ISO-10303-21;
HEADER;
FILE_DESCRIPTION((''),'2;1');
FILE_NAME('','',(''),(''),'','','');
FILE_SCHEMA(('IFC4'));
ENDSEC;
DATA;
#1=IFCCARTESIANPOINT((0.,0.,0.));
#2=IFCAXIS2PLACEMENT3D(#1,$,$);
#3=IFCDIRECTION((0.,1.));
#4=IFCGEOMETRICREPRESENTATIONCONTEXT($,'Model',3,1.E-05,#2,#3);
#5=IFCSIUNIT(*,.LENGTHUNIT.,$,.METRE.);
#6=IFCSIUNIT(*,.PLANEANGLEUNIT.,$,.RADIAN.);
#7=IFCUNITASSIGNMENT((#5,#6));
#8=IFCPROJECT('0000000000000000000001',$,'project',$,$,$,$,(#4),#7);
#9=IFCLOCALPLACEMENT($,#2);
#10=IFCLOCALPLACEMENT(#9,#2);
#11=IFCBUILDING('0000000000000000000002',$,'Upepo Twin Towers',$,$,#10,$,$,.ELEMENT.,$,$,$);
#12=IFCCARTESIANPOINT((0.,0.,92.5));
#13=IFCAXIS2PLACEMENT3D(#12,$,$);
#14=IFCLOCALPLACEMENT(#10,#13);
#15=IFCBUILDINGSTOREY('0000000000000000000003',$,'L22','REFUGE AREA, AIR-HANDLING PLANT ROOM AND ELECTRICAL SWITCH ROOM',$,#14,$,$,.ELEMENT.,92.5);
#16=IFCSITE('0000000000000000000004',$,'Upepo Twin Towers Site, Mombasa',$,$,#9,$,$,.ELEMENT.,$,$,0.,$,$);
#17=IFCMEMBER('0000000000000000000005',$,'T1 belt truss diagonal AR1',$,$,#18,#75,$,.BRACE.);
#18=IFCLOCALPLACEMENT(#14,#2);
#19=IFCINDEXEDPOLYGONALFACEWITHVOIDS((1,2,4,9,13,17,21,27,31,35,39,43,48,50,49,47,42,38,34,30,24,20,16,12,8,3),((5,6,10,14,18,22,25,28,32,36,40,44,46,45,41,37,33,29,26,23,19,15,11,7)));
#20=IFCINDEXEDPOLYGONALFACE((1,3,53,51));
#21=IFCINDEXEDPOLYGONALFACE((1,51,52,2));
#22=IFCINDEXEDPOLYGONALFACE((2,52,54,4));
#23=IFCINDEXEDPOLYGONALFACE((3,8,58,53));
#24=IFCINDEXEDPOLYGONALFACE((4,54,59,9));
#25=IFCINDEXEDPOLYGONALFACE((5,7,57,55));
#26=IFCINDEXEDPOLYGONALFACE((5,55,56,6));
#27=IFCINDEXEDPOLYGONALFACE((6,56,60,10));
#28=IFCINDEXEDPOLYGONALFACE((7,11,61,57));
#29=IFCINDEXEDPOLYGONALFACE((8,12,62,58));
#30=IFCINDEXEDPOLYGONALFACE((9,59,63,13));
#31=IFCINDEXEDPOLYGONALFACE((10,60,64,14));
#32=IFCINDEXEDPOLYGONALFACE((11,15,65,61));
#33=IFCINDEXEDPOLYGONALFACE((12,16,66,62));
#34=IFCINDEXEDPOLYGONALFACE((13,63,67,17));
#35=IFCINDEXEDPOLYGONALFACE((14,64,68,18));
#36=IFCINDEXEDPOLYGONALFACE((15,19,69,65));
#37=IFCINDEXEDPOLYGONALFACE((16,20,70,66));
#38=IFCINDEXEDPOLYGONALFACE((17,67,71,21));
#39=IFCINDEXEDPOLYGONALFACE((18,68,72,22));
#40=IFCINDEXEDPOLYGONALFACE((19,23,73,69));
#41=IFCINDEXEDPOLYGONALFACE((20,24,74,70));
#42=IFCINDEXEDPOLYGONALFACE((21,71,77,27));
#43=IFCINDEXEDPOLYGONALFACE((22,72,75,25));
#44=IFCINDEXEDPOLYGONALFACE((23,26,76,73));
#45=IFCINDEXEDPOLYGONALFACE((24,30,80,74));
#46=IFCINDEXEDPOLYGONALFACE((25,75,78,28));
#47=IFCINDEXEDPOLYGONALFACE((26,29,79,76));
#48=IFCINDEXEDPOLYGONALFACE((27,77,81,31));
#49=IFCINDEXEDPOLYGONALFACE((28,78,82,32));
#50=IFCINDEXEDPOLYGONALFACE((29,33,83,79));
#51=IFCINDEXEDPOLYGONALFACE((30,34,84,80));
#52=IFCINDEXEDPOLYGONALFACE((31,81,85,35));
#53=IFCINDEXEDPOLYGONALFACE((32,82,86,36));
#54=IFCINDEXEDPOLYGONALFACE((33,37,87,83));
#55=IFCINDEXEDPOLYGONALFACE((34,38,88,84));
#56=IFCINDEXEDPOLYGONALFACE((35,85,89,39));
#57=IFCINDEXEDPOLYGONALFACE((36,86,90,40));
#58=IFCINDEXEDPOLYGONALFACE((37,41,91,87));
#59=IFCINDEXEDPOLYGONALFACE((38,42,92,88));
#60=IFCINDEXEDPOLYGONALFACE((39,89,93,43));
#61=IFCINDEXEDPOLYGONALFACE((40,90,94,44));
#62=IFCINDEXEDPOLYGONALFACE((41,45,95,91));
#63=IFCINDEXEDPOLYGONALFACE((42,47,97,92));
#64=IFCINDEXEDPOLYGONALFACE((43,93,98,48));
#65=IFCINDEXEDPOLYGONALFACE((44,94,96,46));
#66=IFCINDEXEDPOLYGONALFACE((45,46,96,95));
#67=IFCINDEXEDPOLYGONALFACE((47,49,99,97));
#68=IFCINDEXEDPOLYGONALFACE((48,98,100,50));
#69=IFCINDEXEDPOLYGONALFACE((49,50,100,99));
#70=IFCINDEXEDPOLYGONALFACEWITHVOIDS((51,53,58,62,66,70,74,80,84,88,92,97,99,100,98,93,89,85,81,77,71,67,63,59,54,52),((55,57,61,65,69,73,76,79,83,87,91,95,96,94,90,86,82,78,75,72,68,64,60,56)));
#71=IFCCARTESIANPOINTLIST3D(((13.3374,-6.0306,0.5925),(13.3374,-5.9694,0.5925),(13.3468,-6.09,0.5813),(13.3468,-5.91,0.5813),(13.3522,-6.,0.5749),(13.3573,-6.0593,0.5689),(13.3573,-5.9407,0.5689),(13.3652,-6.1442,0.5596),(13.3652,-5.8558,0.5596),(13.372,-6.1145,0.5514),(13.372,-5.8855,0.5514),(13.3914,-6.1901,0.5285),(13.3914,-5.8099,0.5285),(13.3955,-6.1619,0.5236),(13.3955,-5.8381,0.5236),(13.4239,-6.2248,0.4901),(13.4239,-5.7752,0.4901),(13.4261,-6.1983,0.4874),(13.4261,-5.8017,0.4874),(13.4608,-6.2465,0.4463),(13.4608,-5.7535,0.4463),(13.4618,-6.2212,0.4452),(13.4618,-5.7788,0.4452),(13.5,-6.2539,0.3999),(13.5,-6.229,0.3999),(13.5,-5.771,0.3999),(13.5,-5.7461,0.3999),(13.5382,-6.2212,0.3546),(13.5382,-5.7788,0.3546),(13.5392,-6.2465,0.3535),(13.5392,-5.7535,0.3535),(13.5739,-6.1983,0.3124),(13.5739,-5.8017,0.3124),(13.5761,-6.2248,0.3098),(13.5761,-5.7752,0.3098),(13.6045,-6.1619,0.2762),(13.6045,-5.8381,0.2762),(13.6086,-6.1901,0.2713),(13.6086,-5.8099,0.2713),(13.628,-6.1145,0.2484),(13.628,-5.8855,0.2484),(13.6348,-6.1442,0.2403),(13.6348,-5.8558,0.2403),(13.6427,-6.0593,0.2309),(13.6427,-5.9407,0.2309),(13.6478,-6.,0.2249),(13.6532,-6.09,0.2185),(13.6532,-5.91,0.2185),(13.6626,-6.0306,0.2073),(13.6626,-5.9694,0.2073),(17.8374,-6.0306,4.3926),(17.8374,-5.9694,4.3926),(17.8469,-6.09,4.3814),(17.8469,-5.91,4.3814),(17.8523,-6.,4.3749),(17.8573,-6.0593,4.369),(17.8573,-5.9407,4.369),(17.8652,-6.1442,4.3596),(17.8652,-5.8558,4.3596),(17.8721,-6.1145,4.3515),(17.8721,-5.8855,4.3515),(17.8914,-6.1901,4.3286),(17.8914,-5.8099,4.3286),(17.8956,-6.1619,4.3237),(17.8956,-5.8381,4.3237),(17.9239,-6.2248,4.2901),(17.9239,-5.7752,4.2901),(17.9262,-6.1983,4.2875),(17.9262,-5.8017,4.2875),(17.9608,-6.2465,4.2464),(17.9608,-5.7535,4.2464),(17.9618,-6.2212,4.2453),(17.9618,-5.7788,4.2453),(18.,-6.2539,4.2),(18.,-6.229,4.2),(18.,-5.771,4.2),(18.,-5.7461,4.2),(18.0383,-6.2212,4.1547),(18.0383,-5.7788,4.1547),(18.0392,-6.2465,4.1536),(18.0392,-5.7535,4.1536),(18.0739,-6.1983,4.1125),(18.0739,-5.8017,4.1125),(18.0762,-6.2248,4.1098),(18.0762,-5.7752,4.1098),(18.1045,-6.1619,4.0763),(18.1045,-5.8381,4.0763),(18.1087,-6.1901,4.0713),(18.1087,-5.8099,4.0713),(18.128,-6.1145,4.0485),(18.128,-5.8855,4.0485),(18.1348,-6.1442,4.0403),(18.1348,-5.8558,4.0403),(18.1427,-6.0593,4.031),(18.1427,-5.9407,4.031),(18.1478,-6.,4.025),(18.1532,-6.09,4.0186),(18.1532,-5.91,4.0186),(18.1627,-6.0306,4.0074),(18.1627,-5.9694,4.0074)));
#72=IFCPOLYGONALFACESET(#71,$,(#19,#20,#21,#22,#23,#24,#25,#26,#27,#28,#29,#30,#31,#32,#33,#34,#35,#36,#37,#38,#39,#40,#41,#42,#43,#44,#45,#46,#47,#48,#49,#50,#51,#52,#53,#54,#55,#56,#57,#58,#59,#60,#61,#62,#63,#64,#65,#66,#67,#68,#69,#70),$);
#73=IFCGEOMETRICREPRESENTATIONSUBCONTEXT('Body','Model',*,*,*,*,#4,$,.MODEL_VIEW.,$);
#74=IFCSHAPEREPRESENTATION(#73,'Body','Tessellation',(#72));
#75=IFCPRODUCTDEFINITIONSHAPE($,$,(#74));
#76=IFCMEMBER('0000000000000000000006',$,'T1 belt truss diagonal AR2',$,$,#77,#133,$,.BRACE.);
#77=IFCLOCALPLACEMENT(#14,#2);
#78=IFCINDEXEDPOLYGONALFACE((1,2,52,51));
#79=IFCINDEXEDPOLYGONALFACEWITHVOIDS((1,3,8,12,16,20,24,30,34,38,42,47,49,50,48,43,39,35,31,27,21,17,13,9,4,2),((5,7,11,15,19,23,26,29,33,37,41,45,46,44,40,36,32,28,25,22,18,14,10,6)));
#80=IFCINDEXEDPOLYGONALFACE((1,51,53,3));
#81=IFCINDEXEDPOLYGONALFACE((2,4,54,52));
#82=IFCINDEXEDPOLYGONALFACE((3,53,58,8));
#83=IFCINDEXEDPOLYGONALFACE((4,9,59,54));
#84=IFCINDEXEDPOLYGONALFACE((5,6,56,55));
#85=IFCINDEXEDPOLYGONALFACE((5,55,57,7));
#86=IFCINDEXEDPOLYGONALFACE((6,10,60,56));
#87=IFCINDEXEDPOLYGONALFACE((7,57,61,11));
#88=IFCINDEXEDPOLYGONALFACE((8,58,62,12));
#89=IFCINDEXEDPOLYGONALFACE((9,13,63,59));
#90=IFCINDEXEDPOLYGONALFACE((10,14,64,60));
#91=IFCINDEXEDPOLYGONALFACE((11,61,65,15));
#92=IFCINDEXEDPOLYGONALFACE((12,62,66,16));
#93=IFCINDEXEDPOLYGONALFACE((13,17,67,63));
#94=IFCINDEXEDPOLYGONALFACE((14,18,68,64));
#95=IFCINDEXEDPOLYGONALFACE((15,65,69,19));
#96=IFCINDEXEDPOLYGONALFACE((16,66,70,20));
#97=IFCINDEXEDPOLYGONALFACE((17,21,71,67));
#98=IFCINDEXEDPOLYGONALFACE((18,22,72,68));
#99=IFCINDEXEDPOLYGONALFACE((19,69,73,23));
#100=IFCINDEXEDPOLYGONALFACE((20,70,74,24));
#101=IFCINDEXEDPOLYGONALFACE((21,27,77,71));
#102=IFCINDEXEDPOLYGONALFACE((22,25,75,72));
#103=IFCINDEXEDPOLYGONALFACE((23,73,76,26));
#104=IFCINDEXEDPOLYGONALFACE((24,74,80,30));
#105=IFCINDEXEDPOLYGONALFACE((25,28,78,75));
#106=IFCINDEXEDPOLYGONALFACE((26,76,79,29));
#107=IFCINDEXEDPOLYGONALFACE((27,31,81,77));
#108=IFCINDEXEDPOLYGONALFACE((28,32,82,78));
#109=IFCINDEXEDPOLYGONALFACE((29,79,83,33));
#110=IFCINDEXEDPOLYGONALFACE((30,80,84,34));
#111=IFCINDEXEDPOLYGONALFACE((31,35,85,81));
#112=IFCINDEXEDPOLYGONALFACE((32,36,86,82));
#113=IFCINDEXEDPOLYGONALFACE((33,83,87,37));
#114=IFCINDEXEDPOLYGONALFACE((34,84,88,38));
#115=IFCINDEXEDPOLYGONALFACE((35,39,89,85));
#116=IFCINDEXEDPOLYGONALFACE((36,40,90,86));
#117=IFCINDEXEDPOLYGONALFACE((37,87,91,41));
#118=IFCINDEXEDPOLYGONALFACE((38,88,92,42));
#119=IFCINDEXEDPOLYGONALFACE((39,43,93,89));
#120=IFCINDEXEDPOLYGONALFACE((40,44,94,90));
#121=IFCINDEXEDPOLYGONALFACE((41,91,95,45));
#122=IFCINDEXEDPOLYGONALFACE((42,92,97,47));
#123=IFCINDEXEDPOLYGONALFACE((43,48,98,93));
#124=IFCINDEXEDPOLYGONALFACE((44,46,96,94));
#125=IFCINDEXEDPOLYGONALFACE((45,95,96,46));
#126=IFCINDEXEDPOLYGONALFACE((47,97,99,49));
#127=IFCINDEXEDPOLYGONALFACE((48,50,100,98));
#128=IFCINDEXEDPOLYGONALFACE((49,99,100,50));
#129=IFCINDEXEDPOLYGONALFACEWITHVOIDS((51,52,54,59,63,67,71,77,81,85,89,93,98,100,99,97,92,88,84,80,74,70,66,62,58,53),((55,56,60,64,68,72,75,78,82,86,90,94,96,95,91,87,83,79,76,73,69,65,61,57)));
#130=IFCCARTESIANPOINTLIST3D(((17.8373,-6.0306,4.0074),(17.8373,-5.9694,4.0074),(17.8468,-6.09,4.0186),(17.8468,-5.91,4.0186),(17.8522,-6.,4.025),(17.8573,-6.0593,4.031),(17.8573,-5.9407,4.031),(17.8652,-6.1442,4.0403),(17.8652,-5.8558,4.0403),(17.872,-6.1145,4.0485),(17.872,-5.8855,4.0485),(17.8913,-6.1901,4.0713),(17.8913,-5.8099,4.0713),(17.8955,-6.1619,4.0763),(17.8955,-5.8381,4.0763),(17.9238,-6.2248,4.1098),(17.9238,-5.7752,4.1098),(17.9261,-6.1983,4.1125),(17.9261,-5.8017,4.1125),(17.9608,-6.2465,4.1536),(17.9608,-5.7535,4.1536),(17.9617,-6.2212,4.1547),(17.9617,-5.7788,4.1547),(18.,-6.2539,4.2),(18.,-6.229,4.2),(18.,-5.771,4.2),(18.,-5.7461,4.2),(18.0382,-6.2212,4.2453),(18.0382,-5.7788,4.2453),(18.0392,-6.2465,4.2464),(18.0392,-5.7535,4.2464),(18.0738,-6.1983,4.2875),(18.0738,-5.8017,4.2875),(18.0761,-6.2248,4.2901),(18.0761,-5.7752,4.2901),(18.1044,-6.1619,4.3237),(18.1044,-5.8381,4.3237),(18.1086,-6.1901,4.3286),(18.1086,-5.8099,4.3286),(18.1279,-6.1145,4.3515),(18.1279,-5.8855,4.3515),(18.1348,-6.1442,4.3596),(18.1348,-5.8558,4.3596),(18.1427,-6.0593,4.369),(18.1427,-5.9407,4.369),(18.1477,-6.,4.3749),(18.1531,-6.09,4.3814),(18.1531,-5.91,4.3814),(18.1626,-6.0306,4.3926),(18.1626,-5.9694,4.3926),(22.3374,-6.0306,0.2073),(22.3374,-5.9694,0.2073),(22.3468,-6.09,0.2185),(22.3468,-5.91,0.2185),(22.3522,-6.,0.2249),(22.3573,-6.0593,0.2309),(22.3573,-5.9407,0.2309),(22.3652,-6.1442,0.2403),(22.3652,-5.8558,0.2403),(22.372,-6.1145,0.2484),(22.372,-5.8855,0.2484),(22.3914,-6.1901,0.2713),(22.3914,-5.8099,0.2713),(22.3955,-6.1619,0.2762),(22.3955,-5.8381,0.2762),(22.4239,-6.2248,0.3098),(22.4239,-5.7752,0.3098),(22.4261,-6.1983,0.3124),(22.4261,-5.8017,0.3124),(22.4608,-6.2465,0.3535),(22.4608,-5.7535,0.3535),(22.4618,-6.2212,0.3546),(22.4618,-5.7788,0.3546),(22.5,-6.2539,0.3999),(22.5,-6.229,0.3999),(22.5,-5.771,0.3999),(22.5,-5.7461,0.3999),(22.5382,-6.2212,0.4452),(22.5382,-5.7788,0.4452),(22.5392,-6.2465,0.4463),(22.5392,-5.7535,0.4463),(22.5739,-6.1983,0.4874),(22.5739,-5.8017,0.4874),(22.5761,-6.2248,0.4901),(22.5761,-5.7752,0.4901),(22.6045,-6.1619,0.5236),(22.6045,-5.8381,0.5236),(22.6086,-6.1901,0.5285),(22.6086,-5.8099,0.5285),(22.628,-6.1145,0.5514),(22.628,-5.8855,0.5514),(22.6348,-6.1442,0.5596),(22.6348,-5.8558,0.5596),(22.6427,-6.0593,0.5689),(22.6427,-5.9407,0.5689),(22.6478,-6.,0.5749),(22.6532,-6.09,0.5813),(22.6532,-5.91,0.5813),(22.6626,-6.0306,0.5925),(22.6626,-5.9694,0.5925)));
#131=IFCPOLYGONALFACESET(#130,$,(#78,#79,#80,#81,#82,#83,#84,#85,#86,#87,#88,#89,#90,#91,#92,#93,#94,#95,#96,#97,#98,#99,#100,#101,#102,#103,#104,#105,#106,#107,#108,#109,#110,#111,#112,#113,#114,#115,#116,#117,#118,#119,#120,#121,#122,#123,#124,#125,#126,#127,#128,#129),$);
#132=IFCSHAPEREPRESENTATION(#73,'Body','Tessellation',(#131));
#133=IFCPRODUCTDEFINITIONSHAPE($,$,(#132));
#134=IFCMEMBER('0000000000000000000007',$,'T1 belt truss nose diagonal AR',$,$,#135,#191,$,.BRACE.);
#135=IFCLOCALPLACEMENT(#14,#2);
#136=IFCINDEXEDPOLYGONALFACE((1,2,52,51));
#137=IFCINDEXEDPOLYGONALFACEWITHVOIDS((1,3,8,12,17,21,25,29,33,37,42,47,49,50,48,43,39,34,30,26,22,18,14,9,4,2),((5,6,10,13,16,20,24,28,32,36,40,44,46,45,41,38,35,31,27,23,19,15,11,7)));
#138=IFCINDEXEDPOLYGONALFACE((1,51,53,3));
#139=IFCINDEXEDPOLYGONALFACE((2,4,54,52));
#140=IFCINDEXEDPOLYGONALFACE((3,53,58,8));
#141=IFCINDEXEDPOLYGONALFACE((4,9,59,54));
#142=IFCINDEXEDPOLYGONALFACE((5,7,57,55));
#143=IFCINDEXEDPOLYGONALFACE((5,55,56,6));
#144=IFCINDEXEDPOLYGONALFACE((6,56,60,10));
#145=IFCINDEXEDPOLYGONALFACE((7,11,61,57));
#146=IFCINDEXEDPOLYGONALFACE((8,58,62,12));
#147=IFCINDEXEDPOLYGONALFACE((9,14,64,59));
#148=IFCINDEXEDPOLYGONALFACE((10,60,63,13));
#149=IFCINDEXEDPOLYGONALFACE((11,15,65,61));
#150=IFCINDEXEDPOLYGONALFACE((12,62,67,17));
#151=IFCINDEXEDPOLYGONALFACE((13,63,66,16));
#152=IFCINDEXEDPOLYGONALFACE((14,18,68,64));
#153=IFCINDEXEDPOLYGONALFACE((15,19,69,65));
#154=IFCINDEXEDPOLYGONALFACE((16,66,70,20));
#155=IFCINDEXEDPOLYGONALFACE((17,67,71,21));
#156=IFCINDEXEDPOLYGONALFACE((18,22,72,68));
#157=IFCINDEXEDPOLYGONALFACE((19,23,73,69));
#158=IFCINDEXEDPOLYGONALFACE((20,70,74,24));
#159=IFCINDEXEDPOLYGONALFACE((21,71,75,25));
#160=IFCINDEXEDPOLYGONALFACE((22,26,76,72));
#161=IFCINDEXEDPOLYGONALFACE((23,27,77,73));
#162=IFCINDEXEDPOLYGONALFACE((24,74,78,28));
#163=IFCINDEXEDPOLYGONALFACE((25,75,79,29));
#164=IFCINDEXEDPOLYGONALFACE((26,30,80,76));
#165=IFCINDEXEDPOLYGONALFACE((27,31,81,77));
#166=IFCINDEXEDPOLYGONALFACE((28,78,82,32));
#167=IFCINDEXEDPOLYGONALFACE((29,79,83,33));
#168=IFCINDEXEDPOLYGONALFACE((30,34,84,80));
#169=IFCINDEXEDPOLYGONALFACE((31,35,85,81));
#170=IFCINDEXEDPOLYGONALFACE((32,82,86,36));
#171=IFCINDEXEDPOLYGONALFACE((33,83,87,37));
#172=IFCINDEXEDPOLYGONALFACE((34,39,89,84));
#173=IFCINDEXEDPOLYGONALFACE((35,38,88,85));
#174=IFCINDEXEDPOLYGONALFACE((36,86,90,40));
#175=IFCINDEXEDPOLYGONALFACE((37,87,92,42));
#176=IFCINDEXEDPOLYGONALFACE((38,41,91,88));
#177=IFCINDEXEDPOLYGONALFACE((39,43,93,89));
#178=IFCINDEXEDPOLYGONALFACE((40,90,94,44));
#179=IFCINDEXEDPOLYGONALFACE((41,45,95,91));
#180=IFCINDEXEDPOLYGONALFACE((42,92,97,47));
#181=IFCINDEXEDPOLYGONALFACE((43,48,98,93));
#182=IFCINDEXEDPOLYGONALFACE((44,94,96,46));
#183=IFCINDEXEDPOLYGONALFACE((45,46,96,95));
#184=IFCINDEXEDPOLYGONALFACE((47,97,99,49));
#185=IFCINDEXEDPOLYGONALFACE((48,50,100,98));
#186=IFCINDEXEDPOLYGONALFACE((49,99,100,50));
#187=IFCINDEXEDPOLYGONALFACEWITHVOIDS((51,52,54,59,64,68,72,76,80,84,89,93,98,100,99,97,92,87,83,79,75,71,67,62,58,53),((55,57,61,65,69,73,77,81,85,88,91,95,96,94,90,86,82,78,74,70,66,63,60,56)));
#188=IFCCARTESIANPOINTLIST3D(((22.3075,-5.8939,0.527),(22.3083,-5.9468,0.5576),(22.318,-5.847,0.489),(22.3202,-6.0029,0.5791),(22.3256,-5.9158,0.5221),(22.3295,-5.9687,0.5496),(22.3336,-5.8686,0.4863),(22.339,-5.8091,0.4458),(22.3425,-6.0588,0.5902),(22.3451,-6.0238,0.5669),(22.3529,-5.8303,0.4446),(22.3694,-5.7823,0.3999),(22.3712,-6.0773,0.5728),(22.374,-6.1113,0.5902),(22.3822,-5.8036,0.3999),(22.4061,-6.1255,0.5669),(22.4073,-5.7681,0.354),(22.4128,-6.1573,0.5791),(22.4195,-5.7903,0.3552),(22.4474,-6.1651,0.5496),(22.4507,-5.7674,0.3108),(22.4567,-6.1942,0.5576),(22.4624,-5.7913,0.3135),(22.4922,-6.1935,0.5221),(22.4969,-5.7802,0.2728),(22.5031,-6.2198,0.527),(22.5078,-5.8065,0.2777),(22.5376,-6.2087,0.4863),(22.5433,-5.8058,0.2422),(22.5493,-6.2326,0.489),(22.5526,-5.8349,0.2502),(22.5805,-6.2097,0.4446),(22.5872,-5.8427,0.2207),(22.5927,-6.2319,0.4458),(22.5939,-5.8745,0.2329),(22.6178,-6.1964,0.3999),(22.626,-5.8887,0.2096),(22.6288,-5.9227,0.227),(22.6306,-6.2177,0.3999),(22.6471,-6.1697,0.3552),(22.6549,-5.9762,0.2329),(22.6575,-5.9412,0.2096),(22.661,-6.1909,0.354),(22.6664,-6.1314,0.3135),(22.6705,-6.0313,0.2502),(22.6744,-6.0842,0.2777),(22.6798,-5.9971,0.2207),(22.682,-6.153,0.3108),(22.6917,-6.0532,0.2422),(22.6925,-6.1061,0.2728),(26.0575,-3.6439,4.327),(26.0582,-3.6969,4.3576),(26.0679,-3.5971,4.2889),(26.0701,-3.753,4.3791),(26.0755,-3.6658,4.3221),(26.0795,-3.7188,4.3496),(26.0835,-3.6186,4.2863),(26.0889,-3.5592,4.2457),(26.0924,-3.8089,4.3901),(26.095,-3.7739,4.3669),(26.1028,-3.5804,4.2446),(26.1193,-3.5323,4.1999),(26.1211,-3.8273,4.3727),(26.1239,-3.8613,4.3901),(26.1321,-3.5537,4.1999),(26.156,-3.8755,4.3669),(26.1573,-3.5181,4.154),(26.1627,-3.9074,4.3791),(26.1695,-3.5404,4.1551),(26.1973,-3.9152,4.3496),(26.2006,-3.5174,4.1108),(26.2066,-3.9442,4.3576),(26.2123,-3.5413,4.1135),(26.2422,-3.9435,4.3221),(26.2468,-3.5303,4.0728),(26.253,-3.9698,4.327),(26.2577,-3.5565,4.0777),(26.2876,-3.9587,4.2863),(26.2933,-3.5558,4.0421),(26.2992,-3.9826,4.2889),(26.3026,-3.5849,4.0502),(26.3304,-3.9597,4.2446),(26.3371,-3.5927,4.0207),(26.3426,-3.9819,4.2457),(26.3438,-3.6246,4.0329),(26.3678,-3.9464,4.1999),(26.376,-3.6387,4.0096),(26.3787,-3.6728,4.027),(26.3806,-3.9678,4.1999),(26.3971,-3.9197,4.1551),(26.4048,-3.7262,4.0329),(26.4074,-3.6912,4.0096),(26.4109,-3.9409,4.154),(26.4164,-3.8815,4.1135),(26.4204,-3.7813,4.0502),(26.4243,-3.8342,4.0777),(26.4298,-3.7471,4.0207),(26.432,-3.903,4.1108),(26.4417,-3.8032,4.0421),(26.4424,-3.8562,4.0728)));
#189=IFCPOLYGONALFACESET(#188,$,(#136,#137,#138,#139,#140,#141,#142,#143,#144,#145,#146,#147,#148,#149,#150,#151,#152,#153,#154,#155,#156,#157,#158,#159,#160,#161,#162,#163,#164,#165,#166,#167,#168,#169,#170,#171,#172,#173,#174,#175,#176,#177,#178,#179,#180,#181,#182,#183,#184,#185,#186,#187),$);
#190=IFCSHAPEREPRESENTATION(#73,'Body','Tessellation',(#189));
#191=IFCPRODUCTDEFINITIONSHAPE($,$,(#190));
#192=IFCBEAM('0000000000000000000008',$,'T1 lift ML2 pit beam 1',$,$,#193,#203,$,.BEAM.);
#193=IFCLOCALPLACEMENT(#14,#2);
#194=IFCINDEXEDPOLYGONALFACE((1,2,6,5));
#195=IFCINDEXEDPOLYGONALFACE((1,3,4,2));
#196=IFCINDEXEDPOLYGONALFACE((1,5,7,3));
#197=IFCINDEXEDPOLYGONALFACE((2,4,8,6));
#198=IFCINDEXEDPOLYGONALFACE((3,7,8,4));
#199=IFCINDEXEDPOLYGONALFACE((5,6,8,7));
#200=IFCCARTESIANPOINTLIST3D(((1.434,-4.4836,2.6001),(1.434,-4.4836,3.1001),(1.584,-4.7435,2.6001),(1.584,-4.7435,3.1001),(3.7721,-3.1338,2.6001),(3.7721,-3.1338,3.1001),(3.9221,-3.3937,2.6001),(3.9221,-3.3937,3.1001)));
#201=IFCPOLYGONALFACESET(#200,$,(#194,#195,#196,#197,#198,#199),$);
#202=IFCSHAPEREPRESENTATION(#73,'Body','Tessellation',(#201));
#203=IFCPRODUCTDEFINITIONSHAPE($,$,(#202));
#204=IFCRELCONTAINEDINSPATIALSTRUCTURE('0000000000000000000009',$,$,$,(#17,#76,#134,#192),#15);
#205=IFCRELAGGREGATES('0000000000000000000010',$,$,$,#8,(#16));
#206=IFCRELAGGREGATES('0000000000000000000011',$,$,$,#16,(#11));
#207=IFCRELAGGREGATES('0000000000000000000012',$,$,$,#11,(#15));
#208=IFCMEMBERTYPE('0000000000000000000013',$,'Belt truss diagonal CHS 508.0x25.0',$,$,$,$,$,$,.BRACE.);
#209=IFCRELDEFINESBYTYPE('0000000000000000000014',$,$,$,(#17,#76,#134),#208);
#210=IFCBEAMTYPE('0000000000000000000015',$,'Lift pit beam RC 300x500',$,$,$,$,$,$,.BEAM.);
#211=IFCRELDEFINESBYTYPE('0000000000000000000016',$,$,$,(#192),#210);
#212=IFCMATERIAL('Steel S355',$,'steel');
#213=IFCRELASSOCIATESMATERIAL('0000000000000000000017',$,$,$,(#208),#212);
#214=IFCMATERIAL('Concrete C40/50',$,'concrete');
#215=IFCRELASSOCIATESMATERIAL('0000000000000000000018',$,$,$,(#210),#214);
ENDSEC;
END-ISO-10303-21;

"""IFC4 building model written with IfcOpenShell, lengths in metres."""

from ifc_helpers import new_model, si_unit, direction, frame, origin, origin_2d, place, context, subcontext, project, spatial, rectangle, hollow_circle, extrude, material, material_profile, profile_set, type_object, element, save


model = new_model("IFC4")

# Units and contexts
model_context = context("Model", 3, precision=1e-05, world=origin(), true_north=direction((0.0, 1.0)))
body_context = subcontext(model_context, "Body", "Model", "MODEL_VIEW")
ifc_project = project(units=[si_unit("LENGTHUNIT", "METRE"), si_unit("PLANEANGLEUNIT", "RADIAN")], contexts=[model_context])

# Site, building, storey
site_placement = place(None, origin())
site = spatial("IfcSite", under=ifc_project, at=site_placement, Name="Upepo Twin Towers Site, Mombasa", CompositionType="ELEMENT", RefElevation=0.0)
building_placement = place(site_placement, origin())
building = spatial("IfcBuilding", under=site, at=building_placement, Name="Upepo Twin Towers", CompositionType="ELEMENT")
storey_placement = place(building_placement, frame((0.0, 0.0, 92.5)))
storey = spatial("IfcBuildingStorey", under=building, at=storey_placement, Name="L22", Description="REFUGE AREA, AIR-HANDLING PLANT ROOM AND ELECTRICAL SWITCH ROOM", CompositionType="ELEMENT", Elevation=92.5)

# Members
ifc_material_1 = material(Name="Steel S355", Category="steel")
ifc_material_profile_1 = material_profile(ifc_material_1, hollow_circle(Radius=0.2539, WallThickness=0.0249, at=origin_2d()), Name="CHS 508.0x25.0")
ifc_profile_set_1 = profile_set([ifc_material_profile_1], Name="Steel S355")
member_type = type_object("IfcMemberType", Name="Belt truss diagonal CHS 508.0x25.0", PredefinedType="BRACE", material=ifc_profile_set_1)
for number, where, z_axis, x_axis, name in (
    (1, (13.5, -6.0, 0.3999), (0.764026, 0.0, 0.645186), (0.0, 1.0, 0.0), "T1 belt truss diagonal AR1"),
    (2, (22.5, -6.0, 0.3999), (-0.764026, 0.0, 0.645186), (0.0, -1.0, 0.0), "T1 belt truss diagonal AR2"),
):
    element("IfcMember", number, at=place(storey_placement, frame(where, z_axis=z_axis, x_axis=x_axis)), inside=storey, type_object=member_type, Name=name, PredefinedType="BRACE", context=body_context, shape_type="SweptSolid", body=[
        extrude(hollow_circle(Radius=0.2539, WallThickness=0.0249, at=origin_2d()), origin(), (0.0, 0.0, 1.0), 5.8899),
    ])
member_placement = place(storey_placement, frame((22.5, -6.0, 0.3999), z_axis=(0.64727, 0.388362, 0.655909), x_axis=(-0.514496, 0.857493, 0.0)))
element("IfcMember", 3, at=member_placement, inside=storey, type_object=member_type, Name="T1 belt truss nose diagonal AR", PredefinedType="BRACE", context=body_context, shape_type="SweptSolid", body=[
    extrude(hollow_circle(Radius=0.2539, WallThickness=0.0249, at=origin_2d()), origin(), (0.0, 0.0, 1.0), 5.7935),
])

# Beam
ifc_material_2 = material(Name="Concrete C40/50", Category="concrete")
ifc_material_profile_2 = material_profile(ifc_material_2, rectangle(XDim=0.3, YDim=0.5, at=origin_2d()), Name="RC 300x500")
ifc_profile_set_2 = profile_set([ifc_material_profile_2], Name="Concrete C40/50")
beam_type_1 = type_object("IfcBeamType", Name="Lift pit beam RC 300x500", PredefinedType="BEAM", material=ifc_profile_set_2)
beam_1_placement = place(storey_placement, frame((1.509, -4.6135, 2.8501), z_axis=(0.866037, 0.499981, 0.0), x_axis=(-0.499981, 0.866037, 0.0)))
element("IfcBeam", 4, at=beam_1_placement, inside=storey, type_object=beam_type_1, Name="T1 lift ML2 pit beam 1", PredefinedType="BEAM", context=body_context, shape_type="SweptSolid", body=[
    extrude(rectangle(XDim=0.3, YDim=0.5, at=origin_2d()), origin(), (0.0, 0.0, 1.0), 2.6997),
])

save(model, "model.ifc")
